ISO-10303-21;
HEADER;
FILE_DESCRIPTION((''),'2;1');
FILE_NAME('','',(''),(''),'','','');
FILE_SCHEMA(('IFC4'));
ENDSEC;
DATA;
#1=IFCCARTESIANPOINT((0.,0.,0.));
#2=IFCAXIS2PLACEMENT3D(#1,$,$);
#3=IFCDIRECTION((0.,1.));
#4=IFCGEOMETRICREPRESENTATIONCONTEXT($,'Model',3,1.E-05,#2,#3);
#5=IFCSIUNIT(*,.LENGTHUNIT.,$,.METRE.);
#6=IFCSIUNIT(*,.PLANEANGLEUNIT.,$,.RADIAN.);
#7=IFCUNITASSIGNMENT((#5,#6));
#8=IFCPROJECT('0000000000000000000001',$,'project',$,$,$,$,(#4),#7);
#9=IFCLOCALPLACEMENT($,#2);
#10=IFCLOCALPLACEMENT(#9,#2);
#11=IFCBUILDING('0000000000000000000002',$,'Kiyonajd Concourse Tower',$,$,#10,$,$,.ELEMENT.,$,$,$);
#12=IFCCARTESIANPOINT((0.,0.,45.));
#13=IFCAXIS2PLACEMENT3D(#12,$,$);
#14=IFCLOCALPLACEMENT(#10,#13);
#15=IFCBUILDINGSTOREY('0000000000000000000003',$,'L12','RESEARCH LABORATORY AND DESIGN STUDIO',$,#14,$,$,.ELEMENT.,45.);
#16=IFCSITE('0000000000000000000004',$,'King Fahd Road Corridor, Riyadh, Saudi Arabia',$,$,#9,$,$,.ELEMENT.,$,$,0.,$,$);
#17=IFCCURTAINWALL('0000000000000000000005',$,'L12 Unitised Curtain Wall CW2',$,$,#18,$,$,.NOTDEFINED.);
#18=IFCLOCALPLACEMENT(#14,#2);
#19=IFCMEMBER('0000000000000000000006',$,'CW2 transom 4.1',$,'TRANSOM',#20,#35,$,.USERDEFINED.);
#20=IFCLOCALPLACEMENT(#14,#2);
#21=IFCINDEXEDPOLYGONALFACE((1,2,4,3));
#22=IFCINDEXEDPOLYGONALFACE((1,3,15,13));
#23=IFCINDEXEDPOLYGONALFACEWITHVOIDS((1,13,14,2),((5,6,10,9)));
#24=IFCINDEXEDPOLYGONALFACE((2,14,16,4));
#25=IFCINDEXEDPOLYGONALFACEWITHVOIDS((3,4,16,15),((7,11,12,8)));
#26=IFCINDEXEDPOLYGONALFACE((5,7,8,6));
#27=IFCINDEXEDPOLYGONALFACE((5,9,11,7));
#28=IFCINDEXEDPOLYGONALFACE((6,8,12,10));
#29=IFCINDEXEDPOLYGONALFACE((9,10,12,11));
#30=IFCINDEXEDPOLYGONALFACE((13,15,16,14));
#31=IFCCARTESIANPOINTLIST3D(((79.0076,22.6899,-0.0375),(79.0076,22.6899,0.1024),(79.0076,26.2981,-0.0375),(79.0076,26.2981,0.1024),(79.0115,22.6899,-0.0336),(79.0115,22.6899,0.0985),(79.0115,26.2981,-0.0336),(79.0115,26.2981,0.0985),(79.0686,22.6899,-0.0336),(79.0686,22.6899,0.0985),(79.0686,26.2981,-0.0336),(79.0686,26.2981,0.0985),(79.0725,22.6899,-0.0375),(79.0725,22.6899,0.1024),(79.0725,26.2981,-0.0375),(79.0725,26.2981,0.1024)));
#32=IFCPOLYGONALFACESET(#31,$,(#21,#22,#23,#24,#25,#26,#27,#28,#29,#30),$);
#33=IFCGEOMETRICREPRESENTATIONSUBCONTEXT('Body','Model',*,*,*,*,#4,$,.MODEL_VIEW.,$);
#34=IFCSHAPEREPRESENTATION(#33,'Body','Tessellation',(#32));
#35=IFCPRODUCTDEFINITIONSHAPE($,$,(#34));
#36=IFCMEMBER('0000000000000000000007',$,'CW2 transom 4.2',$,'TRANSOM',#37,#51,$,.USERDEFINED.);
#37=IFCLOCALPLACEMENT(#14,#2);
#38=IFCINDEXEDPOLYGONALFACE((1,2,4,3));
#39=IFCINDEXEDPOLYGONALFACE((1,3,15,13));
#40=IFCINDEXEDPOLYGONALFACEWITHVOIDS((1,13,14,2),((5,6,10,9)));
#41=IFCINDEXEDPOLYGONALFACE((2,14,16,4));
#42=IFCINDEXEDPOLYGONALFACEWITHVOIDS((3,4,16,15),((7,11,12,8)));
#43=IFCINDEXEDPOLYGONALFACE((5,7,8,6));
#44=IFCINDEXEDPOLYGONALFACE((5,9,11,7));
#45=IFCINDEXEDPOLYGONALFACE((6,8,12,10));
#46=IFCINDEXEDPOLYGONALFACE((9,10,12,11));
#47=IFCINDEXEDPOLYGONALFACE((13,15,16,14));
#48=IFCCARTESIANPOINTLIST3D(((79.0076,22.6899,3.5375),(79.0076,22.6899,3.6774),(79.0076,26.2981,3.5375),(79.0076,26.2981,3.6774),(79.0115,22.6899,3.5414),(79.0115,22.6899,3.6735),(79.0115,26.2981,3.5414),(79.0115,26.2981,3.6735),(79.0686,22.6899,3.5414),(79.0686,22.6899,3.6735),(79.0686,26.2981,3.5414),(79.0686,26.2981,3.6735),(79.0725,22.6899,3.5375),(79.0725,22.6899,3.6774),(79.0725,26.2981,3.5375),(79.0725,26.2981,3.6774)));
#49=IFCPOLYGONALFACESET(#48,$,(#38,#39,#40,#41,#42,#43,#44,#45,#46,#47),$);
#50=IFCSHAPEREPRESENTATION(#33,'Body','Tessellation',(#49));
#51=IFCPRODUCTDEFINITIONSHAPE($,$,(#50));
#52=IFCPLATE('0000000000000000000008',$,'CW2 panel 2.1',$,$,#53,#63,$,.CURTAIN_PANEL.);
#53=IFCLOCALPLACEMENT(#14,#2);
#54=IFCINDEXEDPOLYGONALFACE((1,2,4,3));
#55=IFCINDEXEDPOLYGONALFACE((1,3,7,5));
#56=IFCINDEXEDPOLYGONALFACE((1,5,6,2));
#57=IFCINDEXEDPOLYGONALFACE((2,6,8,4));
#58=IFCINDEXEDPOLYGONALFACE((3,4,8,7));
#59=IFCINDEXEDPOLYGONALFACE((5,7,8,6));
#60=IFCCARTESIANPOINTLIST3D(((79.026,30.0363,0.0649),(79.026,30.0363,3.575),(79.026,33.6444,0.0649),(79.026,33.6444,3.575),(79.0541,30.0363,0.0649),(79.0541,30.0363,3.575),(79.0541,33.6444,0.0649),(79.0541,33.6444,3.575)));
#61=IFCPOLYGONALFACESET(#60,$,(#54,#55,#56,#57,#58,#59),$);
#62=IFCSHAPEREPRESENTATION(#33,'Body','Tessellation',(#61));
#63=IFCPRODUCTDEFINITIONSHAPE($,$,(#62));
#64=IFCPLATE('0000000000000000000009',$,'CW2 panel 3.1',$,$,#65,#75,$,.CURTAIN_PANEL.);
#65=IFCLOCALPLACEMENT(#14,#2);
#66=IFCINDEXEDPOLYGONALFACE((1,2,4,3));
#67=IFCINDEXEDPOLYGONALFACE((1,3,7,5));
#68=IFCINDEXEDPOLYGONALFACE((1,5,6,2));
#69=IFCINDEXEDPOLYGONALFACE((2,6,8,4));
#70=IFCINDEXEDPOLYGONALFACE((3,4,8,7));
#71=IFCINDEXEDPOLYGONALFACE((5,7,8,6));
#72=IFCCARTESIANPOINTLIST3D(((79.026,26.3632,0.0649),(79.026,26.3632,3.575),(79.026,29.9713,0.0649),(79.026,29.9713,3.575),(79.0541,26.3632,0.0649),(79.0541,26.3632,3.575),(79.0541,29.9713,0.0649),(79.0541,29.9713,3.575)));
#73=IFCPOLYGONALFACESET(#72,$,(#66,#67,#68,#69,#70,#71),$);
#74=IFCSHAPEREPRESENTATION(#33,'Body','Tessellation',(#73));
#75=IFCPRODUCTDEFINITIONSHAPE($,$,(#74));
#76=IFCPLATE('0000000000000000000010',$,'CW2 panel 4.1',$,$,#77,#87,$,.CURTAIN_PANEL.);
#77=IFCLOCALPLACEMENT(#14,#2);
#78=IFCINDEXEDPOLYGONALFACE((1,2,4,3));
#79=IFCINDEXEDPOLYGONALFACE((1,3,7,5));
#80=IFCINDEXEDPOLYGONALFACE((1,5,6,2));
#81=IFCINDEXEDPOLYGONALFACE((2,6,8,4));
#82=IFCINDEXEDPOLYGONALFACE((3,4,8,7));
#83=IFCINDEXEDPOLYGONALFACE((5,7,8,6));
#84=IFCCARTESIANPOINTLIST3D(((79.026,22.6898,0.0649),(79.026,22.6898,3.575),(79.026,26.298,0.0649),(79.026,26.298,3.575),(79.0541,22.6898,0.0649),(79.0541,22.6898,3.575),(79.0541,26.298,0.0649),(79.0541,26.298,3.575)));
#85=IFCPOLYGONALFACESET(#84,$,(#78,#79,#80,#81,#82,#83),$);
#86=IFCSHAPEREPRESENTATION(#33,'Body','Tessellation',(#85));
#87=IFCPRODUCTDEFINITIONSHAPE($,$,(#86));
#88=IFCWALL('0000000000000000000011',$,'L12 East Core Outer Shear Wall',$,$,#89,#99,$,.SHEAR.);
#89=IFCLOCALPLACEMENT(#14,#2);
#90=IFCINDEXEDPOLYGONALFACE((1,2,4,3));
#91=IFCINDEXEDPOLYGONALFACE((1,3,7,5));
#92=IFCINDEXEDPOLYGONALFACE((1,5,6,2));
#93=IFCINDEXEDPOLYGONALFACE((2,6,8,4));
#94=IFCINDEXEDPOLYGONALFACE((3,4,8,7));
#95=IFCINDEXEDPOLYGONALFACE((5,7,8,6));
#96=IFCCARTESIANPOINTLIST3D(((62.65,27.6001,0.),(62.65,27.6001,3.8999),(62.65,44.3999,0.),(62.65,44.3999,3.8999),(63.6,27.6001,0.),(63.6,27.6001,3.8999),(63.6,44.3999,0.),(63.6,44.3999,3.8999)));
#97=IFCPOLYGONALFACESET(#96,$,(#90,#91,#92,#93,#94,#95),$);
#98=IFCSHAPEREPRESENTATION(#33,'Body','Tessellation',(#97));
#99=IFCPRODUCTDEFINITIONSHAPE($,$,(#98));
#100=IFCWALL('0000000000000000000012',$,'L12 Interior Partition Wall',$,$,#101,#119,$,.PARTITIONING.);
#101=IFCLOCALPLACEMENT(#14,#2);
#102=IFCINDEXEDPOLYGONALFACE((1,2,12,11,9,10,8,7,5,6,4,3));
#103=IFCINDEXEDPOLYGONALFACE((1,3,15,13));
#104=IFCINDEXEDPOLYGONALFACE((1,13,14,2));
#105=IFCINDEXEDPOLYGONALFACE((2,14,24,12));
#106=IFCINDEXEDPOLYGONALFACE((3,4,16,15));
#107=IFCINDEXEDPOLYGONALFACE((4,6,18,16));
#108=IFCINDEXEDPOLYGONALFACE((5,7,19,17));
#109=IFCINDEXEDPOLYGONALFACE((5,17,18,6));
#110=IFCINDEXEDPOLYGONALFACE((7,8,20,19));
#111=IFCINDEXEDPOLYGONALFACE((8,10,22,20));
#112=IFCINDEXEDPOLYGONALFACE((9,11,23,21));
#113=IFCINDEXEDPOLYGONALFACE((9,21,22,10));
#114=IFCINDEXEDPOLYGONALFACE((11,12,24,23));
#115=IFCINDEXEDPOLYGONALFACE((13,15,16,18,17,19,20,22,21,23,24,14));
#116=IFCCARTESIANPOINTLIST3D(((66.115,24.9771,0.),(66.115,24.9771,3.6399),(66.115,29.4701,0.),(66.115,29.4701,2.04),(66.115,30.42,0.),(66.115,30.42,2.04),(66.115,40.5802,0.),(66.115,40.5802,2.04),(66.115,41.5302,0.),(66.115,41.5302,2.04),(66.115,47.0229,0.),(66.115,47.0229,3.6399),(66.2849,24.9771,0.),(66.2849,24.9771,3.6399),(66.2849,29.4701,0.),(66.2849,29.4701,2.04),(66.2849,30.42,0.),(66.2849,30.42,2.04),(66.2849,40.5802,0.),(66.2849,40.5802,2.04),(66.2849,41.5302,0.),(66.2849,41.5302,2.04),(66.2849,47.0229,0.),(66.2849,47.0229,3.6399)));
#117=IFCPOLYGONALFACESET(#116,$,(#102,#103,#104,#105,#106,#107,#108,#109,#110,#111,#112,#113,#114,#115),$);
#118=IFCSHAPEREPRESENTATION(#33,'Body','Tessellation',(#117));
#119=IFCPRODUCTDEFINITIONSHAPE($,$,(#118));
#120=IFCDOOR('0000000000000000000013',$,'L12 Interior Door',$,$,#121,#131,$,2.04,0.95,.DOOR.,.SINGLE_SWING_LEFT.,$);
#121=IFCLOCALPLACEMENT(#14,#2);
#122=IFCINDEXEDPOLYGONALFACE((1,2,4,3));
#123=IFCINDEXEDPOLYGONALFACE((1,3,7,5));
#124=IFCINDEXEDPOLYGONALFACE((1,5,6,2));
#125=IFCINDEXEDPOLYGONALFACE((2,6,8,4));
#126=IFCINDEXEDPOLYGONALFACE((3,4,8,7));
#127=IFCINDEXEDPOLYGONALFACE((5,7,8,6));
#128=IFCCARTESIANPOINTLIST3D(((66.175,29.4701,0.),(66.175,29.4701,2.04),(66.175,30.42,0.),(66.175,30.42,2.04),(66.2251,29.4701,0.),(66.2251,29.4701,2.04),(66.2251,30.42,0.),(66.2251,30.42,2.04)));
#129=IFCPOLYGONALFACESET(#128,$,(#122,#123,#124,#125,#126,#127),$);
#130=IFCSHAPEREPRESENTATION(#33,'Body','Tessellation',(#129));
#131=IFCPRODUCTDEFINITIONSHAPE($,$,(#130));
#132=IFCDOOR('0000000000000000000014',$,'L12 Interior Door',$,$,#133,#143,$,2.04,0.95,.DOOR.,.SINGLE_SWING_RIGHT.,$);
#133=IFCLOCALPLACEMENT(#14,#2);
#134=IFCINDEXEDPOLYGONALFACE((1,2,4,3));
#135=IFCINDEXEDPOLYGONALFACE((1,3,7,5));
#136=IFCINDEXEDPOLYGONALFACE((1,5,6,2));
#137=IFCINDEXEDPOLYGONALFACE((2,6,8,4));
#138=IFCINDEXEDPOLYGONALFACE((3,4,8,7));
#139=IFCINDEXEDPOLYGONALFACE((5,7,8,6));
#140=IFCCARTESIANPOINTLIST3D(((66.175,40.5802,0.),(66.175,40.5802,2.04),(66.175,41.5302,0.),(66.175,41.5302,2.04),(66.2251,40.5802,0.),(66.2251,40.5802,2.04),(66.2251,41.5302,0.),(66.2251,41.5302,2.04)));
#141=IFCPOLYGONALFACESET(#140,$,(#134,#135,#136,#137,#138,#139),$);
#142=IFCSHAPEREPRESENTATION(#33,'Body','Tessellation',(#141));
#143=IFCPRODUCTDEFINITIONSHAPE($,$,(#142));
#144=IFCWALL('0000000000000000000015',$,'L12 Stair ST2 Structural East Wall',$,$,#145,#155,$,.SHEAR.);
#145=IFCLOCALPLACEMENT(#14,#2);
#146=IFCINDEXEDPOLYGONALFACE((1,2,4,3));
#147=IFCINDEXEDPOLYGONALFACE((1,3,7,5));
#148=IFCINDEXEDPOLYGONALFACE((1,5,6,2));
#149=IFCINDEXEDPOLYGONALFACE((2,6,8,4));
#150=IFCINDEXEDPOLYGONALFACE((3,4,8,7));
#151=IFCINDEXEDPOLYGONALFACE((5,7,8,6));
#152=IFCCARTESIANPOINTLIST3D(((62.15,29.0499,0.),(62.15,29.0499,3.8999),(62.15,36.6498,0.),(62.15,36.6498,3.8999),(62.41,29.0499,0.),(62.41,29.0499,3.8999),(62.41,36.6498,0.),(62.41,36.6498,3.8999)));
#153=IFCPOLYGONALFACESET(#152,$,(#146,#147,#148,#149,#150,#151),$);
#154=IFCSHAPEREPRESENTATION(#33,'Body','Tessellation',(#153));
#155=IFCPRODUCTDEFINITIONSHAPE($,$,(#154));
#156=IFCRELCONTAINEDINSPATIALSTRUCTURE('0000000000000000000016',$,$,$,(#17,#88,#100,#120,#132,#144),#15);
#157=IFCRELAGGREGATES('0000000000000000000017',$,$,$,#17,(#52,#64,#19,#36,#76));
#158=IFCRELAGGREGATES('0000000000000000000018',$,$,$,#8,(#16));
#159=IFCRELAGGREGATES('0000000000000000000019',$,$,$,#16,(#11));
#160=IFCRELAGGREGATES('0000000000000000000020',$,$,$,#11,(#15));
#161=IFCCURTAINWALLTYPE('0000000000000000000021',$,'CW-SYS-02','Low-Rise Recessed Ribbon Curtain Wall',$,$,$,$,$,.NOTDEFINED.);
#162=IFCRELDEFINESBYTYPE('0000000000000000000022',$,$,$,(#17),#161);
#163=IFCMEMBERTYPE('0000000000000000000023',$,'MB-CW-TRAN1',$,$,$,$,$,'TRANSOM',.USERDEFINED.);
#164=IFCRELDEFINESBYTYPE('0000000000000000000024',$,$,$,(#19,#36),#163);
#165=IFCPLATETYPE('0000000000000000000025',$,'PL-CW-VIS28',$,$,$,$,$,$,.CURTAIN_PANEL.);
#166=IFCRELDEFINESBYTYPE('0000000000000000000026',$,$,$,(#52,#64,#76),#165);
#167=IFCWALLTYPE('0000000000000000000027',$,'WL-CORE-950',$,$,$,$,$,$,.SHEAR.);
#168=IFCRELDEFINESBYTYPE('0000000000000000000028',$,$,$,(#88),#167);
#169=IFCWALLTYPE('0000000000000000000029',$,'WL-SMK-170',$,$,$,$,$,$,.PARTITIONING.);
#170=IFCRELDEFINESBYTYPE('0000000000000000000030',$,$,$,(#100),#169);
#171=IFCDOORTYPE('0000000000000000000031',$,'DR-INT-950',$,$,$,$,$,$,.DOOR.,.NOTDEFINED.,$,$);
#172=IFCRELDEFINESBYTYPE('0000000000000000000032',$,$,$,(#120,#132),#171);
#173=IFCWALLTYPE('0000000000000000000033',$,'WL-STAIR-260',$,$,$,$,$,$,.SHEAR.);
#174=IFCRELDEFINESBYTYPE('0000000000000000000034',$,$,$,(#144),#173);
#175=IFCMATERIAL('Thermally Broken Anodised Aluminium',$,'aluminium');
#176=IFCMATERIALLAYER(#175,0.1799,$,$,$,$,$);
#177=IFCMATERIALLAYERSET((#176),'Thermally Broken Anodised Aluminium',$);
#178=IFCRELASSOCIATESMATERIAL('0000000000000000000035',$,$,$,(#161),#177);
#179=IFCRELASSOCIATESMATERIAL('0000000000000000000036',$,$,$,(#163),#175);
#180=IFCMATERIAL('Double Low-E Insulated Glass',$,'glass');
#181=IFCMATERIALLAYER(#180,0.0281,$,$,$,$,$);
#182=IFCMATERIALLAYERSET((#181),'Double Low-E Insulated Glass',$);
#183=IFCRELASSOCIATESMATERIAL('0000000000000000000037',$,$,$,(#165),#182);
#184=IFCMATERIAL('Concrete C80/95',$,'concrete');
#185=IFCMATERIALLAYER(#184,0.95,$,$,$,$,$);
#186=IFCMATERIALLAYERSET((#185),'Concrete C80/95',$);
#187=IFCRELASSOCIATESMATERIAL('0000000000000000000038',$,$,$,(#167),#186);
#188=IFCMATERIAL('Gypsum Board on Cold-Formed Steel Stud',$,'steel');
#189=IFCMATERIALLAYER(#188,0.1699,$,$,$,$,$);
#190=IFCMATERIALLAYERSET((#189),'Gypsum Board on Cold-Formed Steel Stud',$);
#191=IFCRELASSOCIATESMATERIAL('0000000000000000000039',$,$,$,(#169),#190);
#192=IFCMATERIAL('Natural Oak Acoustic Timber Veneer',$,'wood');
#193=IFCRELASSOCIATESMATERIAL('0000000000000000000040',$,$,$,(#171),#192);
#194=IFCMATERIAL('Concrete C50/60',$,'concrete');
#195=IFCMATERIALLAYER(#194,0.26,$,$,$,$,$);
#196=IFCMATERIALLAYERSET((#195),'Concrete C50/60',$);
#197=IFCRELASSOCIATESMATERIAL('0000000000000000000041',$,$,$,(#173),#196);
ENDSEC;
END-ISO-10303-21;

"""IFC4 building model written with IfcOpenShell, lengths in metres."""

from ifc_helpers import new_model, si_unit, direction, frame, frame_2d, origin, origin_2d, place, context, subcontext, project, spatial, rectangle, hollow_rectangle, extrude, material, layer, layer_set, material_profile, profile_set, type_object, element, fill, aggregate, save


model = new_model("IFC4")

# Units and contexts
model_context = context("Model", 3, precision=1e-05, world=origin(), true_north=direction((0.0, 1.0)))
body_context = subcontext(model_context, "Body", "Model", "MODEL_VIEW")
ifc_project = project(units=[si_unit("LENGTHUNIT", "METRE"), si_unit("PLANEANGLEUNIT", "RADIAN")], contexts=[model_context])

# Site, building, storey
site_placement = place(None, origin())
site = spatial("IfcSite", under=ifc_project, at=site_placement, Name="King Fahd Road Corridor, Riyadh, Saudi Arabia", CompositionType="ELEMENT", RefElevation=0.0)
building_placement = place(site_placement, origin())
building = spatial("IfcBuilding", under=site, at=building_placement, Name="Kiyonajd Concourse Tower", CompositionType="ELEMENT")
storey_placement = place(building_placement, frame((0.0, 0.0, 45.0)))
storey = spatial("IfcBuildingStorey", under=building, at=storey_placement, Name="L12", Description="RESEARCH LABORATORY AND DESIGN STUDIO", CompositionType="ELEMENT", Elevation=45.0)

# Shared definitions
ifc_material_1 = material(Name="Concrete C80/95", Category="concrete")

# Curtain wall, members, plates
ifc_material_2 = material(Name="Thermally Broken Anodised Aluminium", Category="aluminium")
ifc_layer_1 = layer(ifc_material_2, 0.1799)
ifc_layer_set_1 = layer_set([ifc_layer_1], Name="Thermally Broken Anodised Aluminium")
curtain_wall_type = type_object("IfcCurtainWallType", Name="CW-SYS-02", Description="Low-Rise Recessed Ribbon Curtain Wall", PredefinedType="NOTDEFINED", material=ifc_layer_set_1)
curtain_wall_placement = place(storey_placement, origin())
curtain_wall = element("IfcCurtainWall", 1, at=curtain_wall_placement, inside=storey, type_object=curtain_wall_type, Name="L12 Unitised Curtain Wall CW2", PredefinedType="NOTDEFINED")
ifc_material_profile_1 = material_profile(ifc_material_2, hollow_rectangle(XDim=0.0649, YDim=0.1399, WallThickness=0.0039, at=origin_2d()), Name="TRAN-65x140")
ifc_profile_set_1 = profile_set([ifc_material_profile_1], Name="Thermally Broken Anodised Aluminium")
member_type_1 = type_object("IfcMemberType", Name="MB-CW-TRAN1", ElementType="TRANSOM", PredefinedType="USERDEFINED", material=ifc_profile_set_1)
member_1_placement = place(storey_placement, frame((79.04, 26.2981, 0.0325), z_axis=(0.0, -1.0, 0.0), x_axis=(1.0, 0.0, 0.0)))
member_1 = element("IfcMember", 2, at=member_1_placement, type_object=member_type_1, Name="CW2 transom 4.1", ObjectType="TRANSOM", PredefinedType="USERDEFINED", context=body_context, shape_type="SweptSolid", body=[
    extrude(hollow_rectangle(XDim=0.0649, YDim=0.1399, WallThickness=0.0039, at=origin_2d()), origin(), (0.0, 0.0, 1.0), 3.6082),
])
member_2_placement = place(storey_placement, frame((79.04, 26.2981, 3.6074), z_axis=(0.0, -1.0, 0.0), x_axis=(1.0, 0.0, 0.0)))
member_2 = element("IfcMember", 3, at=member_2_placement, type_object=member_type_1, Name="CW2 transom 4.2", ObjectType="TRANSOM", PredefinedType="USERDEFINED", context=body_context, shape_type="SweptSolid", body=[
    extrude(hollow_rectangle(XDim=0.0649, YDim=0.1399, WallThickness=0.0039, at=origin_2d()), origin(), (0.0, 0.0, 1.0), 3.6082),
])
ifc_material_3 = material(Name="Double Low-E Insulated Glass", Category="glass")
ifc_layer_2 = layer(ifc_material_3, 0.0281)
ifc_layer_set_2 = layer_set([ifc_layer_2], Name="Double Low-E Insulated Glass")
plate_type = type_object("IfcPlateType", Name="PL-CW-VIS28", PredefinedType="CURTAIN_PANEL", material=ifc_layer_set_2)
plate_1_placement = place(storey_placement, frame((79.04, 31.8403, 0.0649), z_axis=(0.0, 0.0, 1.0), x_axis=(0.0, -1.0, 0.0)))
plate_1 = element("IfcPlate", 4, at=plate_1_placement, type_object=plate_type, Name="CW2 panel 2.1", PredefinedType="CURTAIN_PANEL", context=body_context, shape_type="SweptSolid", body=[
    extrude(rectangle(XDim=3.6082, YDim=0.0281, at=origin_2d()), origin(), (0.0, 0.0, 1.0), 3.51),
])
plate_2_placement = place(storey_placement, frame((79.04, 28.1672, 0.0649), z_axis=(0.0, 0.0, 1.0), x_axis=(0.0, -1.0, 0.0)))
plate_2 = element("IfcPlate", 5, at=plate_2_placement, type_object=plate_type, Name="CW2 panel 3.1", PredefinedType="CURTAIN_PANEL", context=body_context, shape_type="SweptSolid", body=[
    extrude(rectangle(XDim=3.6082, YDim=0.0281, at=origin_2d()), origin(), (0.0, 0.0, 1.0), 3.51),
])
plate_3_placement = place(storey_placement, frame((79.04, 24.4939, 0.0649), z_axis=(0.0, 0.0, 1.0), x_axis=(0.0, -1.0, 0.0)))
plate_3 = element("IfcPlate", 6, at=plate_3_placement, type_object=plate_type, Name="CW2 panel 4.1", PredefinedType="CURTAIN_PANEL", context=body_context, shape_type="SweptSolid", body=[
    extrude(rectangle(XDim=3.6082, YDim=0.0281, at=origin_2d()), origin(), (0.0, 0.0, 1.0), 3.51),
])
aggregate(curtain_wall, [plate_1, plate_2, member_1, member_2, plate_3])

# Wall
ifc_layer_3 = layer(ifc_material_1, 0.95)
ifc_layer_set_3 = layer_set([ifc_layer_3], Name="Concrete C80/95")
wall_type_1 = type_object("IfcWallType", Name="WL-CORE-950", PredefinedType="SHEAR", material=ifc_layer_set_3)
wall_1_placement = place(storey_placement, frame((63.125, 27.6001, 0.0), z_axis=(0.0, 0.0, 1.0), x_axis=(0.0, 1.0, 0.0)))
element("IfcWall", 7, at=wall_1_placement, inside=storey, type_object=wall_type_1, Name="L12 East Core Outer Shear Wall", PredefinedType="SHEAR", context=body_context, shape_type="SweptSolid", body=[
    extrude(rectangle(XDim=16.7998, YDim=0.95, at=frame_2d((8.3999, 0.0))), origin(), (0.0, 0.0, 1.0), 3.8999),
])

# Wall, openings, doors
ifc_material_4 = material(Name="Gypsum Board on Cold-Formed Steel Stud", Category="steel")
ifc_layer_4 = layer(ifc_material_4, 0.1699)
ifc_layer_set_4 = layer_set([ifc_layer_4], Name="Gypsum Board on Cold-Formed Steel Stud")
wall_type_2 = type_object("IfcWallType", Name="WL-SMK-170", PredefinedType="PARTITIONING", material=ifc_layer_set_4)
wall_2_placement = place(storey_placement, frame((66.2, 24.9771, 0.0), z_axis=(0.0, 0.0, 1.0), x_axis=(0.0, 1.0, 0.0)))
wall_2 = element("IfcWall", 8, at=wall_2_placement, inside=storey, type_object=wall_type_2, Name="L12 Interior Partition Wall", PredefinedType="PARTITIONING", context=body_context, shape_type="SweptSolid", body=[
    extrude(rectangle(XDim=22.0459, YDim=0.1699, at=frame_2d((11.0229, 0.0))), origin(), (0.0, 0.0, 1.0), 3.6399),
])
opening_1_placement = place(wall_2_placement, frame((4.4929, 0.0, 0.0)))
opening_1 = element("IfcOpeningElement", 9, at=opening_1_placement, cuts=wall_2, PredefinedType="OPENING", context=body_context, shape_type="SweptSolid", body=[
    extrude(rectangle(XDim=0.95, YDim=2.04, at=frame_2d((0.4751, 1.02))), frame((0.0, 0.095, 0.0), z_axis=(0.0, -1.0, 0.0), x_axis=(1.0, 0.0, 0.0)), (0.0, 0.0, 1.0), 0.1899),
])
opening_2_placement = place(wall_2_placement, frame((15.603, 0.0, 0.0)))
opening_2 = element("IfcOpeningElement", 10, at=opening_2_placement, cuts=wall_2, PredefinedType="OPENING", context=body_context, shape_type="SweptSolid", body=[
    extrude(rectangle(XDim=0.95, YDim=2.04, at=frame_2d((0.4751, 1.02))), frame((0.0, 0.095, 0.0), z_axis=(0.0, -1.0, 0.0), x_axis=(1.0, 0.0, 0.0)), (0.0, 0.0, 1.0), 0.1899),
])
ifc_material_5 = material(Name="Natural Oak Acoustic Timber Veneer", Category="wood")
door_type = type_object("IfcDoorType", Name="DR-INT-950", OperationType="NOTDEFINED", PredefinedType="DOOR", material=ifc_material_5)
door_1_placement = place(opening_1_placement, origin())
door_1 = element("IfcDoor", 11, at=door_1_placement, inside=storey, type_object=door_type, Name="L12 Interior Door", OperationType="SINGLE_SWING_LEFT", OverallHeight=2.04, OverallWidth=0.95, PredefinedType="DOOR", context=body_context, shape_type="SweptSolid", body=[
    extrude(rectangle(XDim=0.95, YDim=2.04, at=frame_2d((0.4751, 1.02))), frame((0.0, 0.0249, 0.0), z_axis=(0.0, -1.0, 0.0), x_axis=(1.0, 0.0, 0.0)), (0.0, 0.0, 1.0), 0.05),
])
fill(opening_1, door_1)
door_2_placement = place(opening_2_placement, origin())
door_2 = element("IfcDoor", 12, at=door_2_placement, inside=storey, type_object=door_type, Name="L12 Interior Door", OperationType="SINGLE_SWING_RIGHT", OverallHeight=2.04, OverallWidth=0.95, PredefinedType="DOOR", context=body_context, shape_type="SweptSolid", body=[
    extrude(rectangle(XDim=0.95, YDim=2.04, at=frame_2d((0.4751, 1.02))), frame((0.0, 0.0249, 0.0), z_axis=(0.0, -1.0, 0.0), x_axis=(1.0, 0.0, 0.0)), (0.0, 0.0, 1.0), 0.05),
])
fill(opening_2, door_2)

# Wall
ifc_material_6 = material(Name="Concrete C50/60", Category="concrete")
ifc_layer_5 = layer(ifc_material_6, 0.26)
ifc_layer_set_5 = layer_set([ifc_layer_5], Name="Concrete C50/60")
wall_type_3 = type_object("IfcWallType", Name="WL-STAIR-260", PredefinedType="SHEAR", material=ifc_layer_set_5)
wall_3_placement = place(storey_placement, frame((62.28, 29.05, 0.0), z_axis=(0.0, 0.0, 1.0), x_axis=(0.0, 1.0, 0.0)))
element("IfcWall", 13, at=wall_3_placement, inside=storey, type_object=wall_type_3, Name="L12 Stair ST2 Structural East Wall", PredefinedType="SHEAR", context=body_context, shape_type="SweptSolid", body=[
    extrude(rectangle(XDim=7.5999, YDim=0.26, at=frame_2d((3.7998, 0.0))), origin(), (0.0, 0.0, 1.0), 3.8999),
])

save(model, "model.ifc")
